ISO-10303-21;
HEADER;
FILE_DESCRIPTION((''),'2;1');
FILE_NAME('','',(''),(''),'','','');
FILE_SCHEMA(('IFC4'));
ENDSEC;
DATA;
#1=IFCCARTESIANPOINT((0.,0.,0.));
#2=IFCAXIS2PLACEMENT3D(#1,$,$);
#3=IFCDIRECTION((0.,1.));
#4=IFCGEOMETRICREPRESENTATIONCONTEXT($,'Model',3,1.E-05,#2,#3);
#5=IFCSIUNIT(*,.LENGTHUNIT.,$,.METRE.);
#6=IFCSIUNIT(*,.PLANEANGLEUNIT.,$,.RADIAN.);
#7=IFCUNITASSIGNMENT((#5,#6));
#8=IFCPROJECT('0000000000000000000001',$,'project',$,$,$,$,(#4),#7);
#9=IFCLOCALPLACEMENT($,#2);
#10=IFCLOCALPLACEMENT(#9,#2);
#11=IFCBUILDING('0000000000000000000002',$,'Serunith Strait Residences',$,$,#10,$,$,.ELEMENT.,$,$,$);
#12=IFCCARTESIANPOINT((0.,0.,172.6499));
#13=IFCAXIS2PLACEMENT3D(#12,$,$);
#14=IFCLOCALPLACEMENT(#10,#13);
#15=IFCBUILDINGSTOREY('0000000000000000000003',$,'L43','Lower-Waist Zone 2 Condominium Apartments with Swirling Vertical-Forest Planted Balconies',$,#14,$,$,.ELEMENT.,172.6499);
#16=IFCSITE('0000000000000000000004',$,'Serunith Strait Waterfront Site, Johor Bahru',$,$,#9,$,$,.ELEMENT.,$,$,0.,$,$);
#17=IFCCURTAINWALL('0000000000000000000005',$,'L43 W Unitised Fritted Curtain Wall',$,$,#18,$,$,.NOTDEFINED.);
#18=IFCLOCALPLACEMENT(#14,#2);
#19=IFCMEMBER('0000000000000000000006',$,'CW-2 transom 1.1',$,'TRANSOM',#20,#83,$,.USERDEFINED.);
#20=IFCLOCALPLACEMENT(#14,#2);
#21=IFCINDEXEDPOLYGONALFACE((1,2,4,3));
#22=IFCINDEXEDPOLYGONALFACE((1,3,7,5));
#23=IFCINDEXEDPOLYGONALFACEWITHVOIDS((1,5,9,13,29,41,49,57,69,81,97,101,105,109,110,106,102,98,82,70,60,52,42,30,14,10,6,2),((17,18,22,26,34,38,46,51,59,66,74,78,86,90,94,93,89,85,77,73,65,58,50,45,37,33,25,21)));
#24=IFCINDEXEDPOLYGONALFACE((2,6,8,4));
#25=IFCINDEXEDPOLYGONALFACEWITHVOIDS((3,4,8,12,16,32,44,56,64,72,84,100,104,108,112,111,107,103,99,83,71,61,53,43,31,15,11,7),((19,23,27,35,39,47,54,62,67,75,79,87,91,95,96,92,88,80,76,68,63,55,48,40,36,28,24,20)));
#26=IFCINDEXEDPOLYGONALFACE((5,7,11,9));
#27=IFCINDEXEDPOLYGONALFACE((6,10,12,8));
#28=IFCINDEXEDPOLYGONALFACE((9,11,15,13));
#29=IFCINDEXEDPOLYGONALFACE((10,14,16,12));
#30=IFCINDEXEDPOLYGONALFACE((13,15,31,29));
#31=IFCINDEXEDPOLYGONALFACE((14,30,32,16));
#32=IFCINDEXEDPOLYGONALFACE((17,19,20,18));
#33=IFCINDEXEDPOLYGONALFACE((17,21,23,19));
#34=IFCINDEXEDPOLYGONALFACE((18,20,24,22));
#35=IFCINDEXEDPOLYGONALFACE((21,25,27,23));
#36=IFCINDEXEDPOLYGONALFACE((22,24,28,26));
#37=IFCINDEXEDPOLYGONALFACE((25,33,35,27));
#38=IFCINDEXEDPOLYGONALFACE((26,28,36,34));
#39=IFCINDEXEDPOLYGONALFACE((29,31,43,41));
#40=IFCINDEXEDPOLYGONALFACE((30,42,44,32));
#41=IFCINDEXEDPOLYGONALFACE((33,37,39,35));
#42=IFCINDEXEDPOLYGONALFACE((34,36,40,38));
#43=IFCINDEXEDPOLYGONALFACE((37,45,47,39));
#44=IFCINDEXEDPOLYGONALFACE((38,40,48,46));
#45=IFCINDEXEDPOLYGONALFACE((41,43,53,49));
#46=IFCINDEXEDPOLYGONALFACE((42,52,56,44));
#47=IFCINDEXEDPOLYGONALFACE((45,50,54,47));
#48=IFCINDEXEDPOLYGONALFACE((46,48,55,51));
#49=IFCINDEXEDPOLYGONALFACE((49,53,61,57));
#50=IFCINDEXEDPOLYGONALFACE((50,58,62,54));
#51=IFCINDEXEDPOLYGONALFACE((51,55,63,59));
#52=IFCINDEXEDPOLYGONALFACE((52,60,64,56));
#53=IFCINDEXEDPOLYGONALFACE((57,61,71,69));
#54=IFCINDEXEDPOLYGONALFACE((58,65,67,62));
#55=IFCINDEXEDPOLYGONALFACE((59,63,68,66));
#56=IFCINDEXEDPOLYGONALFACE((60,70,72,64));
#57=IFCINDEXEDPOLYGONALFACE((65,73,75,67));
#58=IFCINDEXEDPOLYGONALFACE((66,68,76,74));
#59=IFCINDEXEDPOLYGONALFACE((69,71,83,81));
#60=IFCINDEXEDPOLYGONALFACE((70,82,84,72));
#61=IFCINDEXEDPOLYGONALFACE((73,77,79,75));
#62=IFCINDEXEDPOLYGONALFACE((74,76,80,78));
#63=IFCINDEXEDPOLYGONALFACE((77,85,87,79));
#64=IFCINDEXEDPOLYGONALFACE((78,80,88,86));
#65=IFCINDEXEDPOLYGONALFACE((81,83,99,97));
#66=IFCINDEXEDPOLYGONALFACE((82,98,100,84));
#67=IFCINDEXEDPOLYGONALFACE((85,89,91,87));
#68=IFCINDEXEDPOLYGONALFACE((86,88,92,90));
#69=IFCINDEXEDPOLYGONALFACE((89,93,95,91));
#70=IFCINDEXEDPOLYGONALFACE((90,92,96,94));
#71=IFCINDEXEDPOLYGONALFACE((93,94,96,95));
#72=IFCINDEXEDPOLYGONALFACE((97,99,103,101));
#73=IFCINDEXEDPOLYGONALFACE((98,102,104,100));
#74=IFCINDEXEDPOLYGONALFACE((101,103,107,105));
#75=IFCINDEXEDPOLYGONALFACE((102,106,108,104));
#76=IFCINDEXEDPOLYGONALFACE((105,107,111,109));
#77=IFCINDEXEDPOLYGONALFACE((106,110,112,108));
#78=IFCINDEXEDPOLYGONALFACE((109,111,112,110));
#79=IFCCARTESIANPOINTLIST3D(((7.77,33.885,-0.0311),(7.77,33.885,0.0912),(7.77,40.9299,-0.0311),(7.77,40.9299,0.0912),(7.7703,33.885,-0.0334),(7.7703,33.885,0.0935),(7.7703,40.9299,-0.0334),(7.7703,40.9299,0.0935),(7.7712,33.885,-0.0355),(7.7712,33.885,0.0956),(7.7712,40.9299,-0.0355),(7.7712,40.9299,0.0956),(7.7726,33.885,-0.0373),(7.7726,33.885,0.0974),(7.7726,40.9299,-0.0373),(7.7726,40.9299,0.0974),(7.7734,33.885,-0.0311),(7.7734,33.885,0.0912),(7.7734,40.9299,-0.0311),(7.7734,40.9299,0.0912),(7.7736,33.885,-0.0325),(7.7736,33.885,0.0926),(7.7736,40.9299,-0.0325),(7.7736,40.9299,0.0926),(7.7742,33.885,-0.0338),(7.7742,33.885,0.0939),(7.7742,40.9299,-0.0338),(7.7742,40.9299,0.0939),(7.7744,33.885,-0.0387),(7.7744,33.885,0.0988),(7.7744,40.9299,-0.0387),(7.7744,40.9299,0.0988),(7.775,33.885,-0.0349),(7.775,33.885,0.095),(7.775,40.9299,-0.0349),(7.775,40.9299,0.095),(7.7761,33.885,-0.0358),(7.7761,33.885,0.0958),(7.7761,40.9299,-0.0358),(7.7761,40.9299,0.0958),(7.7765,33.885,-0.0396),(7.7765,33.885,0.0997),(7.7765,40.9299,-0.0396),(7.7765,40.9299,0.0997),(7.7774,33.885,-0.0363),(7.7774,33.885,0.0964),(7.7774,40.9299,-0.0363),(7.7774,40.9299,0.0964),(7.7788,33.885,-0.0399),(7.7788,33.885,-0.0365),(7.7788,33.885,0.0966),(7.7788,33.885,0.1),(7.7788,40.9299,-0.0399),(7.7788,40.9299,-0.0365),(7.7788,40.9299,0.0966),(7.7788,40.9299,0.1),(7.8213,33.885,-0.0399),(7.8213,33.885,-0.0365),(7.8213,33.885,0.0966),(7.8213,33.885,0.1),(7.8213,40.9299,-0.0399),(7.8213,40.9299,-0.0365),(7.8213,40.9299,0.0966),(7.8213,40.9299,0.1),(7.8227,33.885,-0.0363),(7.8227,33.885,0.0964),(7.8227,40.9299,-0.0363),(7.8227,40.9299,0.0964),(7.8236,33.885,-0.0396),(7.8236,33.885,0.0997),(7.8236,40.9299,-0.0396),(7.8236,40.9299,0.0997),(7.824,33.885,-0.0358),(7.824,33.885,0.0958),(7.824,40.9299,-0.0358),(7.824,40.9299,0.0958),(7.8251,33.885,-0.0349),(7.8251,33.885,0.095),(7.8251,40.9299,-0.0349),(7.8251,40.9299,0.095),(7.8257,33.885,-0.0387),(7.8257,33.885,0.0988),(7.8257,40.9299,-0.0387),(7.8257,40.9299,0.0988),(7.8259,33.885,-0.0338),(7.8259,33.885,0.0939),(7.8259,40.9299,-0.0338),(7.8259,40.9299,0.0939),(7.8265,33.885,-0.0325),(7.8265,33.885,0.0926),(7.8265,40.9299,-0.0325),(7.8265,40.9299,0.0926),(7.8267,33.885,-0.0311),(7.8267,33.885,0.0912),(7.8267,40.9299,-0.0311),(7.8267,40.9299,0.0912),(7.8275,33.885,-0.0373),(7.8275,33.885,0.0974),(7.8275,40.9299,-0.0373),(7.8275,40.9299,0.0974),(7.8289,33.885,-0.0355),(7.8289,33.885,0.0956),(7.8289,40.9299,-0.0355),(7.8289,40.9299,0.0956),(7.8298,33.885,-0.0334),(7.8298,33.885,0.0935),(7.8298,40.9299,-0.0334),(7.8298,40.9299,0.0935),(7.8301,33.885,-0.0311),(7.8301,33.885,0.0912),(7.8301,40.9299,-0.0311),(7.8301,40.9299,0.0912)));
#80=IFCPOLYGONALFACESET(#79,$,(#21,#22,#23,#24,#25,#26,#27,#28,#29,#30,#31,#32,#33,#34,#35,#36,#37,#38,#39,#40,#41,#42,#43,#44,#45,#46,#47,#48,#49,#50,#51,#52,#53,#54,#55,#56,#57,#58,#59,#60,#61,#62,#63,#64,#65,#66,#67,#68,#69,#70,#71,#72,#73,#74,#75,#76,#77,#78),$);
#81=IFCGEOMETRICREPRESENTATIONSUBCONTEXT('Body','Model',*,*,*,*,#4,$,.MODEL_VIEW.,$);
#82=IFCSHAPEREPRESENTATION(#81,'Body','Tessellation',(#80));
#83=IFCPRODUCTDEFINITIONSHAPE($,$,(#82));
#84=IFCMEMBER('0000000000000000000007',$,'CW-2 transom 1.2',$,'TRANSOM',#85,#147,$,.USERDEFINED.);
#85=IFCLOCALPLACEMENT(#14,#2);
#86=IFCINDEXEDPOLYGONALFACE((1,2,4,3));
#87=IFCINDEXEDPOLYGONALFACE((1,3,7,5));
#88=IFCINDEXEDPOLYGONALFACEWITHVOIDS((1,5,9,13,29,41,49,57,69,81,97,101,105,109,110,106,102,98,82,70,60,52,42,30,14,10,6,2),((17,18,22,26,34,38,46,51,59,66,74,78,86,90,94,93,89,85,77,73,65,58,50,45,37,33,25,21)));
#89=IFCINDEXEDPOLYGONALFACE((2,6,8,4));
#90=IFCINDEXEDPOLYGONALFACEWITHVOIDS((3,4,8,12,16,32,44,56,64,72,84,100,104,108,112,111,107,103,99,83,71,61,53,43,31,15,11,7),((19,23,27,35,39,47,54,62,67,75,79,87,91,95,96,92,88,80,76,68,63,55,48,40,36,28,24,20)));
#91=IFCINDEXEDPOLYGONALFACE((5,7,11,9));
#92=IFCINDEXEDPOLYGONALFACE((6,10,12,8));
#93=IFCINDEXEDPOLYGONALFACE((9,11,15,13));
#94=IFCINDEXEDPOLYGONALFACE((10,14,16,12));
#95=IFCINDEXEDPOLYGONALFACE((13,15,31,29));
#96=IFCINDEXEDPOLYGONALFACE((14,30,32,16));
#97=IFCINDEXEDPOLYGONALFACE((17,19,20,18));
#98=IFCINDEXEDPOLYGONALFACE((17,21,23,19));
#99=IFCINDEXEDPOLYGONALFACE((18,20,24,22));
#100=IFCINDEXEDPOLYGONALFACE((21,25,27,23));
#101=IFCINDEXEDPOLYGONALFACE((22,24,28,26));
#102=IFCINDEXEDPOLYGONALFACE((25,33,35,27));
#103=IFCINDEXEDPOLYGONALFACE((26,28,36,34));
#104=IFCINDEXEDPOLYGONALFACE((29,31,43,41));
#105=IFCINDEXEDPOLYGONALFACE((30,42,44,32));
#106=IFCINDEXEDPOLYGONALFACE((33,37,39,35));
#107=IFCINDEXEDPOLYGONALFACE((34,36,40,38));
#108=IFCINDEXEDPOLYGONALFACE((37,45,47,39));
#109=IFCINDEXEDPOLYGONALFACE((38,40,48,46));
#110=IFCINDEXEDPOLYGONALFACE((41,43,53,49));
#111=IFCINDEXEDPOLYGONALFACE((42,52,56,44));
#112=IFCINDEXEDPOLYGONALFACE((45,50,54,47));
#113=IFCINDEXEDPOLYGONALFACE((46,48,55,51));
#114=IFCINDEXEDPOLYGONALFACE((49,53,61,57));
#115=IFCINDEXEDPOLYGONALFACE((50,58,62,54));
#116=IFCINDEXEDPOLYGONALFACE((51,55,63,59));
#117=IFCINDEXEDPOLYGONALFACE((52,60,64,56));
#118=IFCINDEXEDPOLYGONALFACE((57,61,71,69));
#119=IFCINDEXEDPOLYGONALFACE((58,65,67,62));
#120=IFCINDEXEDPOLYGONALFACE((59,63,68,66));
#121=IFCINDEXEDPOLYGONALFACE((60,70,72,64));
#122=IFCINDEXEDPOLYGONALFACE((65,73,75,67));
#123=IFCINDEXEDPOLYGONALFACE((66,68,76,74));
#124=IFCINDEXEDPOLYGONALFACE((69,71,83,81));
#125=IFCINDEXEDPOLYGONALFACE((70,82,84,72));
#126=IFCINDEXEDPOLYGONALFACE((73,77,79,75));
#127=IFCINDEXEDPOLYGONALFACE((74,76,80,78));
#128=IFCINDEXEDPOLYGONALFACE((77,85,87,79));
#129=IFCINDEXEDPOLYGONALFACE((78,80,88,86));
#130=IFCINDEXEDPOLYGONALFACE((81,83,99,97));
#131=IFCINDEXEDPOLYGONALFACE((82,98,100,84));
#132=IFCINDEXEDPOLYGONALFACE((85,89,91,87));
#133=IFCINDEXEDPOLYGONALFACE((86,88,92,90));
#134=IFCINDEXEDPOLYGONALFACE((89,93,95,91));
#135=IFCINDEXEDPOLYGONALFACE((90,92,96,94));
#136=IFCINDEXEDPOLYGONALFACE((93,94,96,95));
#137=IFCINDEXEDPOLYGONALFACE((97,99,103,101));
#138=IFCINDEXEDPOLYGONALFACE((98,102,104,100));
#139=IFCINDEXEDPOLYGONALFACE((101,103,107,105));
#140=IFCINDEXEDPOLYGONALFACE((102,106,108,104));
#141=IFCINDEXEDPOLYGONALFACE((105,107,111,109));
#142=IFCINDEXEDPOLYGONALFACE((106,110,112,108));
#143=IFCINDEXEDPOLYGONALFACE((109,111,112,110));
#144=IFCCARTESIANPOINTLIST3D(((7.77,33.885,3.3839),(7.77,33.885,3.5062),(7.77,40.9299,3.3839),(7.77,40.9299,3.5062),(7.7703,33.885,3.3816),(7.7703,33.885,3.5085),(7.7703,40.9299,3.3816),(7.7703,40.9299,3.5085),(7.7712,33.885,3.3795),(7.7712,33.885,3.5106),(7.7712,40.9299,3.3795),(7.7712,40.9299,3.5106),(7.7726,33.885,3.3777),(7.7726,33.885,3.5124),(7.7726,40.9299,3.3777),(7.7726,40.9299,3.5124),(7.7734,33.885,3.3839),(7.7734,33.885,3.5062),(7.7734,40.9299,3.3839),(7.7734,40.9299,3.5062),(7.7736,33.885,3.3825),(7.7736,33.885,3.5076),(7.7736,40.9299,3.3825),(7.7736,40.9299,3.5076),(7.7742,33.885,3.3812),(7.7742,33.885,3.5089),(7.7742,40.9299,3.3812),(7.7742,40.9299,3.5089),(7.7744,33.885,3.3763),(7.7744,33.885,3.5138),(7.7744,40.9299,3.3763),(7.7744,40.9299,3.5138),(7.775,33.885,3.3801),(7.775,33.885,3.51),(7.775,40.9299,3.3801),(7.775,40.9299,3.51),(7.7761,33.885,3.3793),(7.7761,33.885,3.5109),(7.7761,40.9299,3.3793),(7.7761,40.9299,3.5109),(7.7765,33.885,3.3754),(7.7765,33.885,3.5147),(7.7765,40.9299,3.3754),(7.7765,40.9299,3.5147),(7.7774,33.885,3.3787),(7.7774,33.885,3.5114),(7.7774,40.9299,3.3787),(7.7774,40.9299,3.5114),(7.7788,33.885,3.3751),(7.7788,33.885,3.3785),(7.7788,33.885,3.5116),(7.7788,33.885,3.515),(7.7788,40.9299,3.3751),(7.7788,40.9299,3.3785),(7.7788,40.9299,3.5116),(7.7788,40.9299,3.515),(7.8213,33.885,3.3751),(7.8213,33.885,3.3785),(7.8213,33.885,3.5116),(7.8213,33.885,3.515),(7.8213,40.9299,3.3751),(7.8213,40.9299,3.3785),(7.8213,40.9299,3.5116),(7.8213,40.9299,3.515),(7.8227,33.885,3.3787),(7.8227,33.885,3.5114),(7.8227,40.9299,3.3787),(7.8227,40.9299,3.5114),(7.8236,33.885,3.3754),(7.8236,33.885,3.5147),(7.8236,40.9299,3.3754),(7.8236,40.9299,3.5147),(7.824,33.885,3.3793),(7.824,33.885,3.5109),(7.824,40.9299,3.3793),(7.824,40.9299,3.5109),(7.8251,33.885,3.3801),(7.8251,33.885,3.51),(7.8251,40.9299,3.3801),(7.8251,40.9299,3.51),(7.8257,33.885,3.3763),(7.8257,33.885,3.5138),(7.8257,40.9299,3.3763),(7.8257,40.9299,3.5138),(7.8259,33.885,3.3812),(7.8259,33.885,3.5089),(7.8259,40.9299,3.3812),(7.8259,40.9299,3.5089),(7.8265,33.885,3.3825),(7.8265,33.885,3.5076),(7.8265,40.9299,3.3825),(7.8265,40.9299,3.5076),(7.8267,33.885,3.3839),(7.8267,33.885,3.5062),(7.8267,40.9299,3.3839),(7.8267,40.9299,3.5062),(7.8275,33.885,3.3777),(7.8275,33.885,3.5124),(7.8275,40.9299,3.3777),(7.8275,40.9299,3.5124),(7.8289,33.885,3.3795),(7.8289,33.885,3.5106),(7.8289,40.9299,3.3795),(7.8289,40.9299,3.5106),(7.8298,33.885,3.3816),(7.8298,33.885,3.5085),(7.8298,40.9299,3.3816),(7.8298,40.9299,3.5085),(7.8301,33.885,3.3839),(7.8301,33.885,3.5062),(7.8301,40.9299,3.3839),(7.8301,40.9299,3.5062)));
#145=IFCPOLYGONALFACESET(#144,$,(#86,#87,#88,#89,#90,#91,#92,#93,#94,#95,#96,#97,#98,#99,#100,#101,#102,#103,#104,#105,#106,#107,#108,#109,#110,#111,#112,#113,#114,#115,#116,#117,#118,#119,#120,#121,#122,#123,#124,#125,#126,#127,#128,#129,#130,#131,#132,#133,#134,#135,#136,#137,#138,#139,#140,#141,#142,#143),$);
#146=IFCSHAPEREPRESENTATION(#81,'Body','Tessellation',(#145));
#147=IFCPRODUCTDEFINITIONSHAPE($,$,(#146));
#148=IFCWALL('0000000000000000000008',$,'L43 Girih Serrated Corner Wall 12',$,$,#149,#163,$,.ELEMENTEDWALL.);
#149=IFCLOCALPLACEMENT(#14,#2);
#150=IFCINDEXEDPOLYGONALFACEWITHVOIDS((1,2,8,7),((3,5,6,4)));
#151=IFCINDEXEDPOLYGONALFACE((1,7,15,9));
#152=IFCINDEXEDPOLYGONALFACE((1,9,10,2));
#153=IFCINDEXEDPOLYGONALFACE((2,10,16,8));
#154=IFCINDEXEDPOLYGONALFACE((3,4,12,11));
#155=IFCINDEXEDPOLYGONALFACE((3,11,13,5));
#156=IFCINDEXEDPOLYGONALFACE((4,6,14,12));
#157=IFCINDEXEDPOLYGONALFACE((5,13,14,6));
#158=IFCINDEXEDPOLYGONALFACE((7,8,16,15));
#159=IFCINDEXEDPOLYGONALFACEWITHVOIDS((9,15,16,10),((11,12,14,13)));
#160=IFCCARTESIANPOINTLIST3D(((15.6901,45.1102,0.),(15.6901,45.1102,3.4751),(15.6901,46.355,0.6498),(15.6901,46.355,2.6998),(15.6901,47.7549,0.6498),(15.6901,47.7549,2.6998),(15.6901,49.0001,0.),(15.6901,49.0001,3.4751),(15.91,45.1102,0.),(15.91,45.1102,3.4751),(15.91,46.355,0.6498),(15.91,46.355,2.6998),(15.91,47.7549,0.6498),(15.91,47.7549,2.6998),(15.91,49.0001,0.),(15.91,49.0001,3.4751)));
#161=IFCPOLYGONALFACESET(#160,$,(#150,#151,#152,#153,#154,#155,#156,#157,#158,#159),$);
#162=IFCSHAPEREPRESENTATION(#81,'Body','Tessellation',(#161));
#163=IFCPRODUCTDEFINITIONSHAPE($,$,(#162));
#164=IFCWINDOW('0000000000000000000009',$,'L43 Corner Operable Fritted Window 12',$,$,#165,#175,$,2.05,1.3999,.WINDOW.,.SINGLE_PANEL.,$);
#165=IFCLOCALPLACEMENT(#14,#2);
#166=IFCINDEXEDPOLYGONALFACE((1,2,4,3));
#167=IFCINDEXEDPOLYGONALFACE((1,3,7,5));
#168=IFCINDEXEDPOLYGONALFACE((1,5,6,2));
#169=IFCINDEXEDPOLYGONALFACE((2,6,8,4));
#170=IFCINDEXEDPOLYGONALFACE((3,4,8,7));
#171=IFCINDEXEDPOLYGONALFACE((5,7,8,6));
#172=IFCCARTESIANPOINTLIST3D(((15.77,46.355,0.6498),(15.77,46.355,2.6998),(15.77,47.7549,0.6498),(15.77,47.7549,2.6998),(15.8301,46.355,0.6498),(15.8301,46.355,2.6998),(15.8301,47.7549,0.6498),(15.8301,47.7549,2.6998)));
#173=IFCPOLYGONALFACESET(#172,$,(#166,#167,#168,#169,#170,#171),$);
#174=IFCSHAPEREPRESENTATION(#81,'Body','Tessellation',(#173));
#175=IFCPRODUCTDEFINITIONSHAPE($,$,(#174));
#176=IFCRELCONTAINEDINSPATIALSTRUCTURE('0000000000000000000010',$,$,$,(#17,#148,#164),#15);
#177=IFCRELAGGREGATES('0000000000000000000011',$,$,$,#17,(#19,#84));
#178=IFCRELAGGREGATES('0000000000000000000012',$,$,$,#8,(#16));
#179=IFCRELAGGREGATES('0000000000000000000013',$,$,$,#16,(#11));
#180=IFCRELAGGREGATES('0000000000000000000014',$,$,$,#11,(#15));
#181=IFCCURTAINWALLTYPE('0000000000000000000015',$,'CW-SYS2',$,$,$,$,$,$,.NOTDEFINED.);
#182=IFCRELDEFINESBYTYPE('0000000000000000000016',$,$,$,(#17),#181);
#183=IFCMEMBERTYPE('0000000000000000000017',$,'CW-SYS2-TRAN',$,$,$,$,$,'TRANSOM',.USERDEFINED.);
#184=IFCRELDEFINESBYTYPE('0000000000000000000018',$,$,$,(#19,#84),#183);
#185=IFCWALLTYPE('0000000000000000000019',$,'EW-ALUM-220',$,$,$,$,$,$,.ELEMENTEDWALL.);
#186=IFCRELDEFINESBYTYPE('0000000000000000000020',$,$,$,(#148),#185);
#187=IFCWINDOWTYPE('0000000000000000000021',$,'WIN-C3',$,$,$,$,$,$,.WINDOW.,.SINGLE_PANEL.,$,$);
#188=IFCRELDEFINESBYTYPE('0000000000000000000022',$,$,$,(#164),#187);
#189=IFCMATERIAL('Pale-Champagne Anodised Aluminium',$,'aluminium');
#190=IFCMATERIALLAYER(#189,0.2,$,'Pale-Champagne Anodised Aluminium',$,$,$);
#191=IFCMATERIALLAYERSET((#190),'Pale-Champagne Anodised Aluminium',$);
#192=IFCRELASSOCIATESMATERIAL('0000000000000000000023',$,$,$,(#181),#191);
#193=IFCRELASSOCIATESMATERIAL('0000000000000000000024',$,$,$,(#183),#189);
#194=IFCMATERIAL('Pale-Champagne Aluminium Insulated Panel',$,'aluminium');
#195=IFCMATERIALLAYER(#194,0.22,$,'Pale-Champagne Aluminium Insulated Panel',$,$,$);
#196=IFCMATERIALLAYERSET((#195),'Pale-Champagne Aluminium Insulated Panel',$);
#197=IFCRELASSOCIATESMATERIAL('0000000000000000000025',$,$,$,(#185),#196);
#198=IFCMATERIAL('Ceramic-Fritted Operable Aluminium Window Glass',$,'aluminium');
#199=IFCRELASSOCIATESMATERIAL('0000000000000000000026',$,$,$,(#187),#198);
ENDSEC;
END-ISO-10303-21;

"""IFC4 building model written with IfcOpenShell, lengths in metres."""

from ifc_helpers import new_model, si_unit, direction, frame, frame_2d, origin, origin_2d, place, context, subcontext, project, spatial, rectangle, hollow_rectangle, extrude, source, transform, mapped, material, layer, layer_set, material_profile, profile_set, type_object, element, fill, aggregate, save


model = new_model("IFC4")

# Units and contexts
model_context = context("Model", 3, precision=1e-05, world=origin(), true_north=direction((0.0, 1.0)))
body_context = subcontext(model_context, "Body", "Model", "MODEL_VIEW")
ifc_project = project(units=[si_unit("LENGTHUNIT", "METRE"), si_unit("PLANEANGLEUNIT", "RADIAN")], contexts=[model_context])

# Site, building, storey
site_placement = place(None, origin())
site = spatial("IfcSite", under=ifc_project, at=site_placement, Name="Serunith Strait Waterfront Site, Johor Bahru", CompositionType="ELEMENT", RefElevation=0.0)
building_placement = place(site_placement, origin())
building = spatial("IfcBuilding", under=site, at=building_placement, Name="Serunith Strait Residences", CompositionType="ELEMENT")
storey_placement = place(building_placement, frame((0.0, 0.0, 172.6499)))
storey = spatial("IfcBuildingStorey", under=building, at=storey_placement, Name="L43", Description="Lower-Waist Zone 2 Condominium Apartments with Swirling Vertical-Forest Planted Balconies", CompositionType="ELEMENT", Elevation=172.6499)

# Shared definitions
ifc_material_1 = material(Name="Pale-Champagne Anodised Aluminium", Category="aluminium")
ifc_layer_1 = layer(ifc_material_1, 0.2, Name="Pale-Champagne Anodised Aluminium")
ifc_layer_set_1 = layer_set([ifc_layer_1], Name="Pale-Champagne Anodised Aluminium")
curtain_wall_type = type_object("IfcCurtainWallType", Name="CW-SYS2", PredefinedType="NOTDEFINED", material=ifc_layer_set_1)

# Curtain wall, members
curtain_wall_1_placement = place(storey_placement, origin())
curtain_wall_1 = element("IfcCurtainWall", 1, at=curtain_wall_1_placement, inside=storey, type_object=curtain_wall_type, Name="L43 W Unitised Fritted Curtain Wall", PredefinedType="NOTDEFINED")
ifc_material_profile_1 = material_profile(ifc_material_1, hollow_rectangle(XDim=0.0601, YDim=0.1399, WallThickness=0.0034, InnerFilletRadius=0.0054, OuterFilletRadius=0.0088, at=origin_2d()), Name="ALU 140x60x3.5")
ifc_profile_set_1 = profile_set([ifc_material_profile_1], Name="Pale-Champagne Anodised Aluminium")
member_type_1 = type_object("IfcMemberType", Name="CW-SYS2-TRAN", ElementType="TRANSOM", PredefinedType="USERDEFINED", material=ifc_profile_set_1)
shared_shape_1 = source(origin(), body_context, "Body", "SweptSolid", [
    extrude(hollow_rectangle(XDim=0.0601, YDim=0.1399, WallThickness=0.0034, InnerFilletRadius=0.0054, OuterFilletRadius=0.0088, at=origin_2d()), origin(), (0.0, 0.0, 1.0), 7.0449),
])
member_1_placement = place(storey_placement, frame((7.8, 40.9299, 0.03), z_axis=(0.0, -1.0, 0.0), x_axis=(1.0, 0.0, 0.0)))
member_1 = element("IfcMember", 2, at=member_1_placement, type_object=member_type_1, Name="CW-2 transom 1.1", ObjectType="TRANSOM", PredefinedType="USERDEFINED", context=body_context, shape_type="MappedRepresentation", body=[
    mapped(shared_shape_1, transform((0.0, 0.0, 0.0), scale=1.0)),
])
member_2_placement = place(storey_placement, frame((7.8, 40.9299, 3.4451), z_axis=(0.0, -1.0, 0.0), x_axis=(1.0, 0.0, 0.0)))
member_2 = element("IfcMember", 3, at=member_2_placement, type_object=member_type_1, Name="CW-2 transom 1.2", ObjectType="TRANSOM", PredefinedType="USERDEFINED", context=body_context, shape_type="MappedRepresentation", body=[
    mapped(shared_shape_1, transform((0.0, 0.0, 0.0), scale=1.0)),
])
aggregate(curtain_wall_1, [member_1, member_2])

# Wall, opening, window
ifc_material_2 = material(Name="Pale-Champagne Aluminium Insulated Panel", Category="aluminium")
ifc_layer_2 = layer(ifc_material_2, 0.22, Name="Pale-Champagne Aluminium Insulated Panel")
ifc_layer_set_2 = layer_set([ifc_layer_2], Name="Pale-Champagne Aluminium Insulated Panel")
wall_type_1 = type_object("IfcWallType", Name="EW-ALUM-220", PredefinedType="ELEMENTEDWALL", material=ifc_layer_set_2)
wall_1_placement = place(storey_placement, frame((15.8, 49.0, 0.0), z_axis=(0.0, 0.0, 1.0), x_axis=(0.0, -1.0, 0.0)))
wall_1 = element("IfcWall", 4, at=wall_1_placement, inside=storey, type_object=wall_type_1, Name="L43 Girih Serrated Corner Wall 12", PredefinedType="ELEMENTEDWALL", context=body_context, shape_type="SweptSolid", body=[
    extrude(rectangle(XDim=3.8899, YDim=0.22, at=frame_2d((1.9448, 0.0))), origin(), (0.0, 0.0, 1.0), 3.4751),
])
opening_1_placement = place(wall_1_placement, frame((1.2451, 0.0, 0.6499)))
opening_1 = element("IfcOpeningElement", 5, at=opening_1_placement, cuts=wall_1, PredefinedType="OPENING", context=body_context, shape_type="SweptSolid", body=[
    extrude(rectangle(XDim=1.3999, YDim=2.05, at=frame_2d((0.7, 1.0249))), frame((0.0, 0.1201, 0.0), z_axis=(0.0, -1.0, 0.0), x_axis=(1.0, 0.0, 0.0)), (0.0, 0.0, 1.0), 0.24),
])
ifc_material_3 = material(Name="Ceramic-Fritted Operable Aluminium Window Glass", Category="aluminium")
window_type = type_object("IfcWindowType", Name="WIN-C3", PartitioningType="SINGLE_PANEL", PredefinedType="WINDOW", material=ifc_material_3)
shared_shape_2 = source(origin(), body_context, "Body", "SweptSolid", [
    extrude(rectangle(XDim=1.3999, YDim=2.05, at=frame_2d((0.7, 1.0249))), frame((0.0, 0.03, 0.0), z_axis=(0.0, -1.0, 0.0), x_axis=(1.0, 0.0, 0.0)), (0.0, 0.0, 1.0), 0.0601),
])
window_1_placement = place(opening_1_placement, origin())
window_1 = element("IfcWindow", 6, at=window_1_placement, inside=storey, type_object=window_type, Name="L43 Corner Operable Fritted Window 12", OverallHeight=2.05, OverallWidth=1.3999, PartitioningType="SINGLE_PANEL", PredefinedType="WINDOW", context=body_context, shape_type="MappedRepresentation", body=[
    mapped(shared_shape_2, transform((0.0, 0.0, 0.0), scale=1.0)),
])
fill(opening_1, window_1)

save(model, "model.ifc")
